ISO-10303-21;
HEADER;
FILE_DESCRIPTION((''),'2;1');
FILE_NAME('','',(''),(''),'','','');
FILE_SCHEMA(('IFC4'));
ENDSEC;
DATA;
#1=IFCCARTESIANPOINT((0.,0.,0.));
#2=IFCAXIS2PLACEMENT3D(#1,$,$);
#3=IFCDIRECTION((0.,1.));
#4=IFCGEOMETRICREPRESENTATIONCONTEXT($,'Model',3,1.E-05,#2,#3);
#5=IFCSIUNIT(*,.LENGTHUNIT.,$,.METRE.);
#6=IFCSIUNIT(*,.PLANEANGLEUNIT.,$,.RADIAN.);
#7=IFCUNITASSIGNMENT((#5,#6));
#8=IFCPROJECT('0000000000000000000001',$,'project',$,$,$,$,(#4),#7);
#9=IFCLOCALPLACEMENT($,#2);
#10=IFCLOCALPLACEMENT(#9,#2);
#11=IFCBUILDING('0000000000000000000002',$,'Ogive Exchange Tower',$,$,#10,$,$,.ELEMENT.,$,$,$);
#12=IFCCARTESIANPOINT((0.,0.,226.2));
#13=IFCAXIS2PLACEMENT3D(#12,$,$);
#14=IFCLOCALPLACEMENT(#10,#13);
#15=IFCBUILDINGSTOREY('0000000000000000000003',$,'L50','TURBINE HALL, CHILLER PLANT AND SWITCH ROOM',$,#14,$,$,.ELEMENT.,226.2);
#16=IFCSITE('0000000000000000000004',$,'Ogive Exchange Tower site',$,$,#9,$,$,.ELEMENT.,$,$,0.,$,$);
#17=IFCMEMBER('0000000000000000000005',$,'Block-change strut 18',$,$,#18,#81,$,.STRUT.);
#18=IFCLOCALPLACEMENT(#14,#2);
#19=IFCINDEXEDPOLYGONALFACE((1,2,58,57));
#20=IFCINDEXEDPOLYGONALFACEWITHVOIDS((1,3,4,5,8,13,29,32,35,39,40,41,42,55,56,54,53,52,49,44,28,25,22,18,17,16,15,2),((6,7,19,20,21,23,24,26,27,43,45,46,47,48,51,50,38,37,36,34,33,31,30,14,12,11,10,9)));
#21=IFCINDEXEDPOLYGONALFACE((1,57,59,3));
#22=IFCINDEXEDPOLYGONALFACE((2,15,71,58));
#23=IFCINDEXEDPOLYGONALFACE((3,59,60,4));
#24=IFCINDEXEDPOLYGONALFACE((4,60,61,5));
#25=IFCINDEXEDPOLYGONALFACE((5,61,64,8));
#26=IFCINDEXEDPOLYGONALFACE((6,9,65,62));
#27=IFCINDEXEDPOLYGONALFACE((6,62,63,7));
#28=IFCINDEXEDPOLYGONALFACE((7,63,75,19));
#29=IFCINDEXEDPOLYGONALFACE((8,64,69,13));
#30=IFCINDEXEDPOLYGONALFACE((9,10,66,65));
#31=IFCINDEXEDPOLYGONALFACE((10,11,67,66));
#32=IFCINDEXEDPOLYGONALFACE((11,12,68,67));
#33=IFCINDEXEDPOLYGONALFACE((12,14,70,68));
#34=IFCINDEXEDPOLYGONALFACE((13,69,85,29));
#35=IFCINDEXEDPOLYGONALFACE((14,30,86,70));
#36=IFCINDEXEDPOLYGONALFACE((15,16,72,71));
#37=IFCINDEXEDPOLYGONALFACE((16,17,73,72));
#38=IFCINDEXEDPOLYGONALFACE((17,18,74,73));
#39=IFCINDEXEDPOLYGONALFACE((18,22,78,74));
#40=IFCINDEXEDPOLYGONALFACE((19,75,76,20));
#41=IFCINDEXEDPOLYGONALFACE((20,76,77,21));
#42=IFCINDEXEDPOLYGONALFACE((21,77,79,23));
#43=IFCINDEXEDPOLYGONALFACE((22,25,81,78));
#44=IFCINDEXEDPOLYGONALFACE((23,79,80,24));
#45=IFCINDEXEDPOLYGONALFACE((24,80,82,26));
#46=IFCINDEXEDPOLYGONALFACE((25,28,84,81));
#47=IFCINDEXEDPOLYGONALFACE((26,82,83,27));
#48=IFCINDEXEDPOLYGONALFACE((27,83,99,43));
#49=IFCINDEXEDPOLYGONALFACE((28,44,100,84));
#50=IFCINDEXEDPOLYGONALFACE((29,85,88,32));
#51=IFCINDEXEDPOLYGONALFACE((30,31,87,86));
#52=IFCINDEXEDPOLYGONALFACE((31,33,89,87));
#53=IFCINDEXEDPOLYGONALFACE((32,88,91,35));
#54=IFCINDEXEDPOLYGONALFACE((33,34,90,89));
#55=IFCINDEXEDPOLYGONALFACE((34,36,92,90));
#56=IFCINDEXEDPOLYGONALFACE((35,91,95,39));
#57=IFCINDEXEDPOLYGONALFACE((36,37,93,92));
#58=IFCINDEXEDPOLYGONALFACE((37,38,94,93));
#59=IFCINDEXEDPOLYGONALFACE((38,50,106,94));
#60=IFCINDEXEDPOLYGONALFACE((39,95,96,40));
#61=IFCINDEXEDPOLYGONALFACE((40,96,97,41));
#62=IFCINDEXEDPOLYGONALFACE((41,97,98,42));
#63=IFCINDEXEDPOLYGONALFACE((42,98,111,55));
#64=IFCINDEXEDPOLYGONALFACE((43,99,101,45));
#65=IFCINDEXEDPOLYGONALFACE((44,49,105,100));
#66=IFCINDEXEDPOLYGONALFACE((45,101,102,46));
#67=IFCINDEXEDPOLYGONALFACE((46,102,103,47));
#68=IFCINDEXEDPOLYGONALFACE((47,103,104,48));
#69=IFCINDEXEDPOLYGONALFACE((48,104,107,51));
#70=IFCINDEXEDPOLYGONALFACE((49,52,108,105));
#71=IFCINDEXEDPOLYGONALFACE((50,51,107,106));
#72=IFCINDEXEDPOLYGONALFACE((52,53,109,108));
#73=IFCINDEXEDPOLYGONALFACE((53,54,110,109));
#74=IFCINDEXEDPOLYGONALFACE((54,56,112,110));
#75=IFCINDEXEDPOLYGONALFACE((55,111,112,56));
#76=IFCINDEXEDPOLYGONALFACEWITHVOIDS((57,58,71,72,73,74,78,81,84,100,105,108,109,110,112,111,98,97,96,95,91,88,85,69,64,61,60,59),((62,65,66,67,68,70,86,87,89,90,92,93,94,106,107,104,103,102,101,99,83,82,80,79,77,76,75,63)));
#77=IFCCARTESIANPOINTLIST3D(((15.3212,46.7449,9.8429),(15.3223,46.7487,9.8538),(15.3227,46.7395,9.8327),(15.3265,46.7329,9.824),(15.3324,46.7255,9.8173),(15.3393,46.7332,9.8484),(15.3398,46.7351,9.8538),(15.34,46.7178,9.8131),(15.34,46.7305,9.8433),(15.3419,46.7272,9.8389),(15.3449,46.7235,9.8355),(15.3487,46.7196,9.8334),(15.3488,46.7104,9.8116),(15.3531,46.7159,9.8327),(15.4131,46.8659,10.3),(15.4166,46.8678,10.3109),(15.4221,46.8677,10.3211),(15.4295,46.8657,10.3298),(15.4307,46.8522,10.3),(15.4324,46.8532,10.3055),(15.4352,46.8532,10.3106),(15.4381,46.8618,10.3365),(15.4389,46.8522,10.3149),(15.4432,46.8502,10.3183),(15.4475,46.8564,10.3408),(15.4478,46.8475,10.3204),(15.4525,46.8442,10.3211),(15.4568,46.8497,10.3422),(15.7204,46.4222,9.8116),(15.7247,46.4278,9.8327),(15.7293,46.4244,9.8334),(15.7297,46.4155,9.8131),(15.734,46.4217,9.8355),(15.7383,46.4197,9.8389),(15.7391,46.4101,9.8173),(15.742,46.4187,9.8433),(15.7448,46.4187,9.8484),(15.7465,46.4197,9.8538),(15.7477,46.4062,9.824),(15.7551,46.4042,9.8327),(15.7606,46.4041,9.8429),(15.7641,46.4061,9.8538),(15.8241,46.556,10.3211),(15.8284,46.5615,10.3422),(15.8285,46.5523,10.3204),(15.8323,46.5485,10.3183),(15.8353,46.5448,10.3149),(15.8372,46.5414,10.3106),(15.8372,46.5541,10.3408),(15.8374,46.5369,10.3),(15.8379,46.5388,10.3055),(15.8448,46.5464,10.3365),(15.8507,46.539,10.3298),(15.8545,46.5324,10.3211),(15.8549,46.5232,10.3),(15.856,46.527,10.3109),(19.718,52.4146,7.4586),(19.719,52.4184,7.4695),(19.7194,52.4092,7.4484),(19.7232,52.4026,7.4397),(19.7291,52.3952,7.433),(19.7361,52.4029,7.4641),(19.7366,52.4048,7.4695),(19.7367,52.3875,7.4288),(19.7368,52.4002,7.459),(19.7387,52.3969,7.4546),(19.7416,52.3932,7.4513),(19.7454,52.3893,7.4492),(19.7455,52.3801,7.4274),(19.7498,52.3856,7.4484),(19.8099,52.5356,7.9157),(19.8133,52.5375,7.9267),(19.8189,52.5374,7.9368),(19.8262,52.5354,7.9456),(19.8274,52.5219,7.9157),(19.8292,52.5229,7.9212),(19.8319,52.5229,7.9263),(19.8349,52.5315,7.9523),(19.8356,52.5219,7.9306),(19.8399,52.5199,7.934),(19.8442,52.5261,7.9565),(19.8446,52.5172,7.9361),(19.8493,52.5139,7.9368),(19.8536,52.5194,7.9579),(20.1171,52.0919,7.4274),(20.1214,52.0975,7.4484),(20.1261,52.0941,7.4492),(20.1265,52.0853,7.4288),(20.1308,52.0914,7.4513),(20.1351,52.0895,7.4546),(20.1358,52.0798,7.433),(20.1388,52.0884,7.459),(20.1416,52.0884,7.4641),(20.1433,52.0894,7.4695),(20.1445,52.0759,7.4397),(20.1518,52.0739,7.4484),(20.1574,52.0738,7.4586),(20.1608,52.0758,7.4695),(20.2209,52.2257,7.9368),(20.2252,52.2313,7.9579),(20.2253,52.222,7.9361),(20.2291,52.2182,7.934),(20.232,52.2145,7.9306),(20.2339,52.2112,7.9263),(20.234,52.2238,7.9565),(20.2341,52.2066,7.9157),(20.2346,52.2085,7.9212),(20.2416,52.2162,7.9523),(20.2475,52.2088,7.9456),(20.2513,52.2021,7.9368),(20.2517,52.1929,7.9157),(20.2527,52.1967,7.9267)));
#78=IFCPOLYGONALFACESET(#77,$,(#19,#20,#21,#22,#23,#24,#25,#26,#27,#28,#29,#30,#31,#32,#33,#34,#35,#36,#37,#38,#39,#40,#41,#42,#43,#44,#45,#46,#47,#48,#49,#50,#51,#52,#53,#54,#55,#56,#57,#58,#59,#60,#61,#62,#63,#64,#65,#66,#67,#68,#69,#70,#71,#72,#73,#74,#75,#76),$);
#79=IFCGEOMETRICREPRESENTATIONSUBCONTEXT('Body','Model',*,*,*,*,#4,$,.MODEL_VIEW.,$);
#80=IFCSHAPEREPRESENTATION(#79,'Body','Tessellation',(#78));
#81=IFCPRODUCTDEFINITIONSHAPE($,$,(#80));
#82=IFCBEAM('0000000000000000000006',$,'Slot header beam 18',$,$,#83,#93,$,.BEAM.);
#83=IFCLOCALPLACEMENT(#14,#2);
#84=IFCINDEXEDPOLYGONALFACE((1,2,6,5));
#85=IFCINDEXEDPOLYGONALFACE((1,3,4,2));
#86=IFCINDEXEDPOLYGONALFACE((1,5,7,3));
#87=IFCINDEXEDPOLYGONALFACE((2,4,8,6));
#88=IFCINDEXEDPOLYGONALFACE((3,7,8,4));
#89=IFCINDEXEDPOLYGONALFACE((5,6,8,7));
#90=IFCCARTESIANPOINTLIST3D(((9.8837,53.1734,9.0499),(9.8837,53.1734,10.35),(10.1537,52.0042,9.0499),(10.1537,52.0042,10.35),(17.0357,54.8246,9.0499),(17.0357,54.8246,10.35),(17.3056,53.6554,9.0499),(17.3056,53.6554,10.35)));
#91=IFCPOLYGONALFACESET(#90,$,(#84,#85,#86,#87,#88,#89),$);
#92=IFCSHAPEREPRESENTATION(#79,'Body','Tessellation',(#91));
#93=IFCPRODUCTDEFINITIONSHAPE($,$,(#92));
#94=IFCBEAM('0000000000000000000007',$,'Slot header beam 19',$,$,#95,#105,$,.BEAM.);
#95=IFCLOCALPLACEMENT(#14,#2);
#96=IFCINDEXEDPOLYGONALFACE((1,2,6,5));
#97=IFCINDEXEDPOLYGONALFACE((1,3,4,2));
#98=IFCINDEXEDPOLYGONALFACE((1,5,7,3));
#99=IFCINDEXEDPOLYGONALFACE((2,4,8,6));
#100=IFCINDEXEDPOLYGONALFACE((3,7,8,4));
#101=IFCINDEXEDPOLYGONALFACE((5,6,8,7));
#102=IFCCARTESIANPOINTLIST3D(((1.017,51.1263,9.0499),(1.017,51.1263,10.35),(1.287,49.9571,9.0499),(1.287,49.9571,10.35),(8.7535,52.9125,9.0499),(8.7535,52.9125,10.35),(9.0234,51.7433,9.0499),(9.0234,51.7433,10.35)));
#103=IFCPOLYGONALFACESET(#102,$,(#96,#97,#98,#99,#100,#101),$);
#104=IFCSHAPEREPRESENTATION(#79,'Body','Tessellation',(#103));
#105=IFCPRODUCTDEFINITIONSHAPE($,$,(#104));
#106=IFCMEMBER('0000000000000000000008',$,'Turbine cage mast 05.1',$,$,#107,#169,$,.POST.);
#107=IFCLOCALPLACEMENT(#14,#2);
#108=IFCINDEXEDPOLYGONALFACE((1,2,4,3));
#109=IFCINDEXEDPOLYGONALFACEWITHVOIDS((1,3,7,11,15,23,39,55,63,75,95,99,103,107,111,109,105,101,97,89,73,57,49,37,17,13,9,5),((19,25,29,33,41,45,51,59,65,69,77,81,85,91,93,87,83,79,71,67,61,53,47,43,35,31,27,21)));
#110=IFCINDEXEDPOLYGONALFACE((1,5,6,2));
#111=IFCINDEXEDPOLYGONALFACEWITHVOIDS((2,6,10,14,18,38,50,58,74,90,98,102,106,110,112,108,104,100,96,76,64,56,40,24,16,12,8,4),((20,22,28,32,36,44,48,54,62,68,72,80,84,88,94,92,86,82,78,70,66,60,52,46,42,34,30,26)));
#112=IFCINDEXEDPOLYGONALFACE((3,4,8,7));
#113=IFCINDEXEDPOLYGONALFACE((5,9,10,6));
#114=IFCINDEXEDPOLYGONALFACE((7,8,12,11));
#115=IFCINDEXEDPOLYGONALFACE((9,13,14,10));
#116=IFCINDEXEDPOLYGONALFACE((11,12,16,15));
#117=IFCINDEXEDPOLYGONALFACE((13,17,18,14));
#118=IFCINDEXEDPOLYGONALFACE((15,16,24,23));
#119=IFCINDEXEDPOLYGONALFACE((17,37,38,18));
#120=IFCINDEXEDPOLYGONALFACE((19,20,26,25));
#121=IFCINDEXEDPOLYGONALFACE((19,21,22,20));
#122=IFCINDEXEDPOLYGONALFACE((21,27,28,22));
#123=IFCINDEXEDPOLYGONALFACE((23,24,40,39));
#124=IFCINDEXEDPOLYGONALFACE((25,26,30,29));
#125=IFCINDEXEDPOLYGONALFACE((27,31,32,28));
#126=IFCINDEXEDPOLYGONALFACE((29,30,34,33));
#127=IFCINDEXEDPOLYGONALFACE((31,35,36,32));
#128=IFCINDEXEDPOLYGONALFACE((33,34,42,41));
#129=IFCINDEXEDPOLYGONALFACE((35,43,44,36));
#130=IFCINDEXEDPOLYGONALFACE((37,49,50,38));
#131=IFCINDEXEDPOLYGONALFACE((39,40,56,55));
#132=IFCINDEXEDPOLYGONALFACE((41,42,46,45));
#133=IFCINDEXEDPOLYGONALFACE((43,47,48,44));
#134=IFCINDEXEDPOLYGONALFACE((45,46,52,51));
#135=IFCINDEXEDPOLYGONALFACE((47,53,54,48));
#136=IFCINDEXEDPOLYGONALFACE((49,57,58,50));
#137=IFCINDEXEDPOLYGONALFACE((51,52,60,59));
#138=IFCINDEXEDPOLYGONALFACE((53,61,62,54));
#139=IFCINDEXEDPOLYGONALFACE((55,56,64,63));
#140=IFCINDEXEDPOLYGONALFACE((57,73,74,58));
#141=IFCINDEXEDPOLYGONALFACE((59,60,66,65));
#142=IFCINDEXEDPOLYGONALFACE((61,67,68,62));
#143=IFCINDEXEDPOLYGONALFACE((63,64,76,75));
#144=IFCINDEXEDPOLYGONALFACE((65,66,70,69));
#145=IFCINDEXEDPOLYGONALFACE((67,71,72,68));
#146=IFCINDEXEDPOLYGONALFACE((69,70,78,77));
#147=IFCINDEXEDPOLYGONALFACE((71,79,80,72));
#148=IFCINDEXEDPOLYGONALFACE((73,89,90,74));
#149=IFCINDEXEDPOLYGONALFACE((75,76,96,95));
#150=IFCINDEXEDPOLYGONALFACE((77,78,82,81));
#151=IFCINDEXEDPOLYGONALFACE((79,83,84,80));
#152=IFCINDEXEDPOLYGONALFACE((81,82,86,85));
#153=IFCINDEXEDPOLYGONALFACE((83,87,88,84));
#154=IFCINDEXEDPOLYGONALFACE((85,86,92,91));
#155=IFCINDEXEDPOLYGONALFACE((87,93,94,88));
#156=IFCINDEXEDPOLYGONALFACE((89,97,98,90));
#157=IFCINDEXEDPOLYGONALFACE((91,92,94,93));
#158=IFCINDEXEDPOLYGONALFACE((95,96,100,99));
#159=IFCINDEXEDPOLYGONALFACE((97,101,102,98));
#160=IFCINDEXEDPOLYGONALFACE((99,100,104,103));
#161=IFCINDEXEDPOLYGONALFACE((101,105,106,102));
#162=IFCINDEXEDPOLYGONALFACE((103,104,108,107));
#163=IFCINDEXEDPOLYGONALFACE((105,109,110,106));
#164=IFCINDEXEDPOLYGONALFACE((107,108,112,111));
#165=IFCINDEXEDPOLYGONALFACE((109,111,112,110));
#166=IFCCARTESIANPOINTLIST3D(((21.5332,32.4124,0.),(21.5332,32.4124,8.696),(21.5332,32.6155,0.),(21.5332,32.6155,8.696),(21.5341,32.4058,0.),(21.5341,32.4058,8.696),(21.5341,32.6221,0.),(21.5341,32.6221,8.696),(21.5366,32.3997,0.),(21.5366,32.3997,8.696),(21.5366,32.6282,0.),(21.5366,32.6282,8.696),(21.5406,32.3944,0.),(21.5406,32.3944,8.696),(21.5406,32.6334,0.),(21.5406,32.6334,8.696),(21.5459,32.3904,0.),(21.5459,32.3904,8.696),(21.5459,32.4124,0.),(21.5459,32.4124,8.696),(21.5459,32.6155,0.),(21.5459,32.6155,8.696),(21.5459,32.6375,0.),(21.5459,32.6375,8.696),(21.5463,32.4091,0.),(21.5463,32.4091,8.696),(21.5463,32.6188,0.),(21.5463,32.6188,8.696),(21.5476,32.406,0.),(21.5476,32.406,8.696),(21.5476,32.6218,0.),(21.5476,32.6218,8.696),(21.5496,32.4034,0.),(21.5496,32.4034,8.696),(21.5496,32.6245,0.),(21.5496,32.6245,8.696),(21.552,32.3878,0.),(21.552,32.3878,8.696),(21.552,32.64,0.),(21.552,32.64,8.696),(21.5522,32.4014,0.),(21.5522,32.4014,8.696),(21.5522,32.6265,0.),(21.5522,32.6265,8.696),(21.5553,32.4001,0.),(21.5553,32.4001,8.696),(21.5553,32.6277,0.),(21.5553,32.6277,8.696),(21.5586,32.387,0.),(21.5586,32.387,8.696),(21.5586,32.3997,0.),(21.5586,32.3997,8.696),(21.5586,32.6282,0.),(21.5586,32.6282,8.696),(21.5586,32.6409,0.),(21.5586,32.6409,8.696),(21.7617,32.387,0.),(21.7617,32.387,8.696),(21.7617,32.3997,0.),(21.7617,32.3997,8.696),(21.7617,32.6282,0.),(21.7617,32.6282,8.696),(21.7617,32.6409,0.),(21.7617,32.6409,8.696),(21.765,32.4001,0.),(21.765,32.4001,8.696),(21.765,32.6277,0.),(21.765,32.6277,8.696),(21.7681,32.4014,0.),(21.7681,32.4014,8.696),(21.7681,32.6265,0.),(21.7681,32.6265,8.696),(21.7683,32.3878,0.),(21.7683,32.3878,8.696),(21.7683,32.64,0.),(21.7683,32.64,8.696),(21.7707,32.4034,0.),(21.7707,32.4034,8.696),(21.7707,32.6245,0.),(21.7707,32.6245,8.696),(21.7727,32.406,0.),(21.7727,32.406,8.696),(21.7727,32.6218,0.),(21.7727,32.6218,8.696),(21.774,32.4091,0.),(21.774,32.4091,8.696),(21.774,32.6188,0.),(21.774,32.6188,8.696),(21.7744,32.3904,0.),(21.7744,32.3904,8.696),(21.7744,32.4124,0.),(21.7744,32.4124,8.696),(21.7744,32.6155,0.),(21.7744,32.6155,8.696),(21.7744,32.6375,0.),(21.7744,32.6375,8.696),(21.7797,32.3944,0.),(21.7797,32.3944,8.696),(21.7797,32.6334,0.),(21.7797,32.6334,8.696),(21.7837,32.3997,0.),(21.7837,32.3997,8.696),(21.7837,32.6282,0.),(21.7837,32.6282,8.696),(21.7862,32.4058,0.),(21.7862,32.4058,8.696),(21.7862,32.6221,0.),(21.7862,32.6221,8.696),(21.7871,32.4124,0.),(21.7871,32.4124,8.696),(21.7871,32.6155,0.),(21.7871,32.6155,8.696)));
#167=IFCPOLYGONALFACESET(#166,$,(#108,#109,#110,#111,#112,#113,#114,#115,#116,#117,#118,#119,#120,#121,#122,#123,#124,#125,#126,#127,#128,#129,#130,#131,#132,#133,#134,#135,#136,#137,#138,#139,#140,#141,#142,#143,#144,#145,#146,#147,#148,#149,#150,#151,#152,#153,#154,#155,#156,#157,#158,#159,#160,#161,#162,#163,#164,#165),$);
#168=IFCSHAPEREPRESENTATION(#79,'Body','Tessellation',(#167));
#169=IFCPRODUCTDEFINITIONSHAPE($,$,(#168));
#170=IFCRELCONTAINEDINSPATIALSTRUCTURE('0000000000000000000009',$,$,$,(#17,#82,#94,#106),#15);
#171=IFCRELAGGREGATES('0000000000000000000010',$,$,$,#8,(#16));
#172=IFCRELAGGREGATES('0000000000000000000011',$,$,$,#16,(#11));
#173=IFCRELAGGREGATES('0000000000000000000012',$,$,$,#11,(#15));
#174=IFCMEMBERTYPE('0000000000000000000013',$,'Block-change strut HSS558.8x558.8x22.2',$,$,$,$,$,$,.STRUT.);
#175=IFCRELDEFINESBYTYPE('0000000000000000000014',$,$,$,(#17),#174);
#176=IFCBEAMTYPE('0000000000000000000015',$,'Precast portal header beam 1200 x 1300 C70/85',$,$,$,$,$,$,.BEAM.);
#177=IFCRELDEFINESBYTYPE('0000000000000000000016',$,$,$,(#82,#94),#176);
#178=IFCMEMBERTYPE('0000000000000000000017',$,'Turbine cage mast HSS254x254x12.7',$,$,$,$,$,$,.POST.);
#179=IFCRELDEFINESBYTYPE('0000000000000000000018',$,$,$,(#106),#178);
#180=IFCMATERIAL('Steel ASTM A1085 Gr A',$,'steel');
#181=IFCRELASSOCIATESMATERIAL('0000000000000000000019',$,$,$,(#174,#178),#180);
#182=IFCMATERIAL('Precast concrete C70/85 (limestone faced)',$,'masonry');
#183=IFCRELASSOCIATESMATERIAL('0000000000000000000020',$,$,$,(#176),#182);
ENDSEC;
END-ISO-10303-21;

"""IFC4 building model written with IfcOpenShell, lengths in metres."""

from ifc_helpers import new_model, si_unit, direction, frame, origin, origin_2d, place, context, subcontext, project, spatial, rectangle, hollow_rectangle, extrude, material, material_profile, profile_set, type_object, element, save


model = new_model("IFC4")

# Units and contexts
model_context = context("Model", 3, precision=1e-05, world=origin(), true_north=direction((0.0, 1.0)))
body_context = subcontext(model_context, "Body", "Model", "MODEL_VIEW")
ifc_project = project(units=[si_unit("LENGTHUNIT", "METRE"), si_unit("PLANEANGLEUNIT", "RADIAN")], contexts=[model_context])

# Site, building, storey
site_placement = place(None, origin())
site = spatial("IfcSite", under=ifc_project, at=site_placement, Name="Ogive Exchange Tower site", CompositionType="ELEMENT", RefElevation=0.0)
building_placement = place(site_placement, origin())
building = spatial("IfcBuilding", under=site, at=building_placement, Name="Ogive Exchange Tower", CompositionType="ELEMENT")
storey_placement = place(building_placement, frame((0.0, 0.0, 226.2)))
storey = spatial("IfcBuildingStorey", under=building, at=storey_placement, Name="L50", Description="TURBINE HALL, CHILLER PLANT AND SWITCH ROOM", CompositionType="ELEMENT", Elevation=226.2)

# Shared definitions
ifc_material_1 = material(Name="Precast concrete C70/85 (limestone faced)", Category="masonry")

# Member
ifc_material_2 = material(Name="Steel ASTM A1085 Gr A", Category="steel")
ifc_material_profile_1 = material_profile(ifc_material_2, hollow_rectangle(XDim=0.5591, YDim=0.5591, WallThickness=0.0222, InnerFilletRadius=0.0222, OuterFilletRadius=0.0444, at=origin_2d()), Name="HSS558.8x558.8x22.2")
ifc_profile_set_1 = profile_set([ifc_material_profile_1], Name="Steel ASTM A1085 Gr A")
member_type_1 = type_object("IfcMemberType", Name="Block-change strut HSS558.8x558.8x22.2", PredefinedType="STRUT", material=ifc_profile_set_1)
member_1_placement = place(storey_placement, frame((19.9854, 52.3057, 7.6926), z_axis=(-0.581539, -0.749907, 0.31536), x_axis=(0.790231, -0.612809, 0.0)))
element("IfcMember", 1, at=member_1_placement, inside=storey, type_object=member_type_1, Name="Block-change strut 18", PredefinedType="STRUT", context=body_context, shape_type="SweptSolid", body=[
    extrude(hollow_rectangle(XDim=0.5591, YDim=0.5591, WallThickness=0.0222, InnerFilletRadius=0.0222, OuterFilletRadius=0.0444, at=origin_2d()), origin(), (0.0, 0.0, 1.0), 7.5605),
])

# Beams
ifc_material_profile_2 = material_profile(ifc_material_1, rectangle(XDim=1.2, YDim=1.3, at=origin_2d()), Name="1200 x 1300")
ifc_profile_set_2 = profile_set([ifc_material_profile_2], Name="Precast concrete C70/85 (limestone faced)")
beam_type_1 = type_object("IfcBeamType", Name="Precast portal header beam 1200 x 1300 C70/85", PredefinedType="BEAM", material=ifc_profile_set_2)
beam_1_placement = place(storey_placement, frame((17.1707, 54.24, 9.7), z_axis=(-0.97437, -0.224949, 0.0), x_axis=(0.224949, -0.97437, 0.0)))
element("IfcBeam", 2, at=beam_1_placement, inside=storey, type_object=beam_type_1, Name="Slot header beam 18", PredefinedType="BEAM", context=body_context, shape_type="SweptSolid", body=[
    extrude(rectangle(XDim=1.2, YDim=1.3, at=origin_2d()), origin(), (0.0, 0.0, 1.0), 7.3401),
])
beam_2_placement = place(storey_placement, frame((8.8884, 52.3279, 9.7), z_axis=(-0.974368, -0.224958, 0.0), x_axis=(0.224958, -0.974368, 0.0)))
element("IfcBeam", 3, at=beam_2_placement, inside=storey, type_object=beam_type_1, Name="Slot header beam 19", PredefinedType="BEAM", context=body_context, shape_type="SweptSolid", body=[
    extrude(rectangle(XDim=1.2, YDim=1.3, at=origin_2d()), origin(), (0.0, 0.0, 1.0), 7.9399),
])

# Member
ifc_material_profile_3 = material_profile(ifc_material_2, hollow_rectangle(XDim=0.2539, YDim=0.2539, WallThickness=0.0127, InnerFilletRadius=0.0127, OuterFilletRadius=0.0254, at=origin_2d()), Name="HSS254x254x12.7")
ifc_profile_set_3 = profile_set([ifc_material_profile_3], Name="Steel ASTM A1085 Gr A")
member_type_2 = type_object("IfcMemberType", Name="Turbine cage mast HSS254x254x12.7", PredefinedType="POST", material=ifc_profile_set_3)
for number, where, z_axis, x_axis, name in (
    (4, (21.6602, 32.5139, 0.0), (0.0, 0.0, 1.0), (1.0, 0.0, 0.0), "Turbine cage mast 05.1"),
):
    element("IfcMember", number, at=place(storey_placement, frame(where, z_axis=z_axis, x_axis=x_axis)), inside=storey, type_object=member_type_2, Name=name, PredefinedType="POST", context=body_context, shape_type="SweptSolid", body=[
        extrude(hollow_rectangle(XDim=0.2539, YDim=0.2539, WallThickness=0.0127, InnerFilletRadius=0.0127, OuterFilletRadius=0.0254, at=origin_2d()), origin(), (0.0, 0.0, 1.0), 8.696),
    ])

save(model, "model.ifc")
